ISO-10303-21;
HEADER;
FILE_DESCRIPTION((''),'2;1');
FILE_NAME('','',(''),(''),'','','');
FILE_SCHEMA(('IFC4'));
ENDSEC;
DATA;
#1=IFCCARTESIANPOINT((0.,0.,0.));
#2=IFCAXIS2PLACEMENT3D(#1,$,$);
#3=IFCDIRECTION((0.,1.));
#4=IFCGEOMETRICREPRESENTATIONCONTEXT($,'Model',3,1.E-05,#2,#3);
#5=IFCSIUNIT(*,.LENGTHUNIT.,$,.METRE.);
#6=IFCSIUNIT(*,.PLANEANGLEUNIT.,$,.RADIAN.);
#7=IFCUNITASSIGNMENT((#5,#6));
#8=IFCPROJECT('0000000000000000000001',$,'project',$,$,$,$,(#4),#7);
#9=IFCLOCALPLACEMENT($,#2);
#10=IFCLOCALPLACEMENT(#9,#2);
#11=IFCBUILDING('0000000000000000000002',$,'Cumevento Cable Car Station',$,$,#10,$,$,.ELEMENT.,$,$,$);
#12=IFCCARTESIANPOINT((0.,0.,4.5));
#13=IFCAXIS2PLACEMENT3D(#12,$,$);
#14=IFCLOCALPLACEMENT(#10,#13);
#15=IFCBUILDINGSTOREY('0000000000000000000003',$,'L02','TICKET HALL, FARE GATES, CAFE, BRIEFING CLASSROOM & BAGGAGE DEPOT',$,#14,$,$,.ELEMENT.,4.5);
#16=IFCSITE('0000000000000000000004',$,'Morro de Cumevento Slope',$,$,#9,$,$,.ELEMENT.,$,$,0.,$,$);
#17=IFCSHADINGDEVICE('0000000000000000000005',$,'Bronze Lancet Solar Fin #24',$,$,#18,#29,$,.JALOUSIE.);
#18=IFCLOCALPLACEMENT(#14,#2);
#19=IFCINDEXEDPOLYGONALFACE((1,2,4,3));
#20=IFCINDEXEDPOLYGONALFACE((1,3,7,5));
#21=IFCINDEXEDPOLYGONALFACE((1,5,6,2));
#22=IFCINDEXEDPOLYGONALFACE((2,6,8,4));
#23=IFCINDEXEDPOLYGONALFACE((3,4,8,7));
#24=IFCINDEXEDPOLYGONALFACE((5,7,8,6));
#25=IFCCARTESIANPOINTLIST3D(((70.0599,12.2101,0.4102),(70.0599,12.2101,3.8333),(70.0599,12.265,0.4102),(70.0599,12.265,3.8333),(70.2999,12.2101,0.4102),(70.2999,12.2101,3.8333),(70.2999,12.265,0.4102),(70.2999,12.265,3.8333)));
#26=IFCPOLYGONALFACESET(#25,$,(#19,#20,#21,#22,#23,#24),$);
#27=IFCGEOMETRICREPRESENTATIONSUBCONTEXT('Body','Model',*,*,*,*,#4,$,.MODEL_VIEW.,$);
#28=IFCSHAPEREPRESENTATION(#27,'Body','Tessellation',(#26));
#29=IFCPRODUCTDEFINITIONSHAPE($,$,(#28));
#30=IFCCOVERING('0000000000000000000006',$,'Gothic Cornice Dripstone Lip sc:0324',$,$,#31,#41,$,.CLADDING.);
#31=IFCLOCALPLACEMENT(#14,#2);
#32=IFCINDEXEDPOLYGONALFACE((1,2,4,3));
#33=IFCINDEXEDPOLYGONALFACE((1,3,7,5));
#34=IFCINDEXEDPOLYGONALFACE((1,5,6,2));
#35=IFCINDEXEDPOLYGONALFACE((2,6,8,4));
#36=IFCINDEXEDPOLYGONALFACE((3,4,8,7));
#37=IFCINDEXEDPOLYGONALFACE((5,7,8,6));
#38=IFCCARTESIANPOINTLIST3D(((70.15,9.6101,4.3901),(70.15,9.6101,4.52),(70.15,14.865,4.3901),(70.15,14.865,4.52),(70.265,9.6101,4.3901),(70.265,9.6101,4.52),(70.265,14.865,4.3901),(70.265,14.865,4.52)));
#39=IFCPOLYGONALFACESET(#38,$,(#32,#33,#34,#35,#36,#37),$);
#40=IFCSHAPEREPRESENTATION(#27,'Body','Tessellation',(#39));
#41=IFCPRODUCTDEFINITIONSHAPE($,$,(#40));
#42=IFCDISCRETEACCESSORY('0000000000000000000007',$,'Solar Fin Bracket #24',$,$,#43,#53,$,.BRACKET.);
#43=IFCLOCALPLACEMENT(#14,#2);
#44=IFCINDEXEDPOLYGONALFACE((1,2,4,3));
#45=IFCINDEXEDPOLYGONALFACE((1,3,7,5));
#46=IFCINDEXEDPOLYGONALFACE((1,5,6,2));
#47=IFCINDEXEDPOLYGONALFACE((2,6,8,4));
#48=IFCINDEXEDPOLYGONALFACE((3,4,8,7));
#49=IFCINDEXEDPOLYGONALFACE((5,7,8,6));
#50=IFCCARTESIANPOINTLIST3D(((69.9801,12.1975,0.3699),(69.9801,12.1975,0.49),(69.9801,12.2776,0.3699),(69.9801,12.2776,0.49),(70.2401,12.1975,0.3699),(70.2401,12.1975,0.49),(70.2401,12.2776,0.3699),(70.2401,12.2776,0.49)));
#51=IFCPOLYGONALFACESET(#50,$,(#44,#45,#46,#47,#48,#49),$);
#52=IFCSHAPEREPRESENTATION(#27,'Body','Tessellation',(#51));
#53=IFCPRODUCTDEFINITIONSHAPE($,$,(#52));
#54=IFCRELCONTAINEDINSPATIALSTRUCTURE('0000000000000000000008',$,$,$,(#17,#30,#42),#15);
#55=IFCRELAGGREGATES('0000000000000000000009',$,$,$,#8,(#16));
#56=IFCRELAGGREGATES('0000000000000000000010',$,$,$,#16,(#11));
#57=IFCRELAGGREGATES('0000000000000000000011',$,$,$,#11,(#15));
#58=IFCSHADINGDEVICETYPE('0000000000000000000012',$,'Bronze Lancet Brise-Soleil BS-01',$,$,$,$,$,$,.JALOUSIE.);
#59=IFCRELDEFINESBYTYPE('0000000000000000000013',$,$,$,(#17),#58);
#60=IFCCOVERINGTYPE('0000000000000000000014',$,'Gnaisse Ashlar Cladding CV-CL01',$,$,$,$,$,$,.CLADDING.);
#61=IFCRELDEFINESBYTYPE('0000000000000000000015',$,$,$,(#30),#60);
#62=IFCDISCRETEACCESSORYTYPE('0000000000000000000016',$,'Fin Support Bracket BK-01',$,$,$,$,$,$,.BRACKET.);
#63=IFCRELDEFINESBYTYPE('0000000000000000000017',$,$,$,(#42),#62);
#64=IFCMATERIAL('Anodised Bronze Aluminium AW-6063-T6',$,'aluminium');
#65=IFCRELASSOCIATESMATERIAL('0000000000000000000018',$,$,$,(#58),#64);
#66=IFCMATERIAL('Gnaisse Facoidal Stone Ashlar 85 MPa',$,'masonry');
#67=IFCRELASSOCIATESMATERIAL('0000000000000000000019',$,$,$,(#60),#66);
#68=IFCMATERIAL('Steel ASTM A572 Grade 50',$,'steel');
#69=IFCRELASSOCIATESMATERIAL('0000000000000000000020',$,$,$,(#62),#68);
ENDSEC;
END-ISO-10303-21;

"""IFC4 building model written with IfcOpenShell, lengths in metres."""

from ifc_helpers import new_model, si_unit, direction, frame, origin, origin_2d, place, context, subcontext, project, spatial, rectangle, extrude, material, type_object, element, save


model = new_model("IFC4")

# Units and contexts
model_context = context("Model", 3, precision=1e-05, world=origin(), true_north=direction((0.0, 1.0)))
body_context = subcontext(model_context, "Body", "Model", "MODEL_VIEW")
ifc_project = project(units=[si_unit("LENGTHUNIT", "METRE"), si_unit("PLANEANGLEUNIT", "RADIAN")], contexts=[model_context])

# Site, building, storey
site_placement = place(None, origin())
site = spatial("IfcSite", under=ifc_project, at=site_placement, Name="Morro de Cumevento Slope", CompositionType="ELEMENT", RefElevation=0.0)
building_placement = place(site_placement, origin())
building = spatial("IfcBuilding", under=site, at=building_placement, Name="Cumevento Cable Car Station", CompositionType="ELEMENT")
storey_placement = place(building_placement, frame((0.0, 0.0, 4.5)))
storey = spatial("IfcBuildingStorey", under=building, at=storey_placement, Name="L02", Description="TICKET HALL, FARE GATES, CAFE, BRIEFING CLASSROOM & BAGGAGE DEPOT", CompositionType="ELEMENT", Elevation=4.5)

# Shading device
ifc_material_1 = material(Name="Anodised Bronze Aluminium AW-6063-T6", Category="aluminium")
shading_device_type = type_object("IfcShadingDeviceType", Name="Bronze Lancet Brise-Soleil BS-01", PredefinedType="JALOUSIE", material=ifc_material_1)
shading_device_placement = place(storey_placement, frame((70.1799, 12.2375, 0.4102), z_axis=(0.0, 0.0, 1.0), x_axis=(0.0, -1.0, 0.0)))
element("IfcShadingDevice", 1, at=shading_device_placement, inside=storey, type_object=shading_device_type, Name="Bronze Lancet Solar Fin #24", PredefinedType="JALOUSIE", context=body_context, shape_type="SweptSolid", body=[
    extrude(rectangle(XDim=0.0549, YDim=0.24, at=origin_2d()), origin(), (0.0, 0.0, 1.0), 3.4231),
])

# Covering
ifc_material_2 = material(Name="Gnaisse Facoidal Stone Ashlar 85 MPa", Category="masonry")
covering_type = type_object("IfcCoveringType", Name="Gnaisse Ashlar Cladding CV-CL01", PredefinedType="CLADDING", material=ifc_material_2)
covering_1_placement = place(storey_placement, frame((70.2075, 12.2375, 4.3901), z_axis=(0.0, 0.0, 1.0), x_axis=(0.0, -1.0, 0.0)))
element("IfcCovering", 2, at=covering_1_placement, inside=storey, type_object=covering_type, Name="Gothic Cornice Dripstone Lip sc:0324", PredefinedType="CLADDING", context=body_context, shape_type="SweptSolid", body=[
    extrude(rectangle(XDim=5.2549, YDim=0.115, at=origin_2d()), origin(), (0.0, 0.0, 1.0), 0.1299),
])

# Discrete accessory
ifc_material_3 = material(Name="Steel ASTM A572 Grade 50", Category="steel")
discrete_accessory_type = type_object("IfcDiscreteAccessoryType", Name="Fin Support Bracket BK-01", PredefinedType="BRACKET", material=ifc_material_3)
discrete_accessory_placement = place(storey_placement, frame((70.1101, 12.2375, 0.3699), z_axis=(0.0, 0.0, 1.0), x_axis=(0.0, -1.0, 0.0)))
element("IfcDiscreteAccessory", 3, at=discrete_accessory_placement, inside=storey, type_object=discrete_accessory_type, Name="Solar Fin Bracket #24", PredefinedType="BRACKET", context=body_context, shape_type="SweptSolid", body=[
    extrude(rectangle(XDim=0.0801, YDim=0.26, at=origin_2d()), origin(), (0.0, 0.0, 1.0), 0.1201),
])

save(model, "model.ifc")
